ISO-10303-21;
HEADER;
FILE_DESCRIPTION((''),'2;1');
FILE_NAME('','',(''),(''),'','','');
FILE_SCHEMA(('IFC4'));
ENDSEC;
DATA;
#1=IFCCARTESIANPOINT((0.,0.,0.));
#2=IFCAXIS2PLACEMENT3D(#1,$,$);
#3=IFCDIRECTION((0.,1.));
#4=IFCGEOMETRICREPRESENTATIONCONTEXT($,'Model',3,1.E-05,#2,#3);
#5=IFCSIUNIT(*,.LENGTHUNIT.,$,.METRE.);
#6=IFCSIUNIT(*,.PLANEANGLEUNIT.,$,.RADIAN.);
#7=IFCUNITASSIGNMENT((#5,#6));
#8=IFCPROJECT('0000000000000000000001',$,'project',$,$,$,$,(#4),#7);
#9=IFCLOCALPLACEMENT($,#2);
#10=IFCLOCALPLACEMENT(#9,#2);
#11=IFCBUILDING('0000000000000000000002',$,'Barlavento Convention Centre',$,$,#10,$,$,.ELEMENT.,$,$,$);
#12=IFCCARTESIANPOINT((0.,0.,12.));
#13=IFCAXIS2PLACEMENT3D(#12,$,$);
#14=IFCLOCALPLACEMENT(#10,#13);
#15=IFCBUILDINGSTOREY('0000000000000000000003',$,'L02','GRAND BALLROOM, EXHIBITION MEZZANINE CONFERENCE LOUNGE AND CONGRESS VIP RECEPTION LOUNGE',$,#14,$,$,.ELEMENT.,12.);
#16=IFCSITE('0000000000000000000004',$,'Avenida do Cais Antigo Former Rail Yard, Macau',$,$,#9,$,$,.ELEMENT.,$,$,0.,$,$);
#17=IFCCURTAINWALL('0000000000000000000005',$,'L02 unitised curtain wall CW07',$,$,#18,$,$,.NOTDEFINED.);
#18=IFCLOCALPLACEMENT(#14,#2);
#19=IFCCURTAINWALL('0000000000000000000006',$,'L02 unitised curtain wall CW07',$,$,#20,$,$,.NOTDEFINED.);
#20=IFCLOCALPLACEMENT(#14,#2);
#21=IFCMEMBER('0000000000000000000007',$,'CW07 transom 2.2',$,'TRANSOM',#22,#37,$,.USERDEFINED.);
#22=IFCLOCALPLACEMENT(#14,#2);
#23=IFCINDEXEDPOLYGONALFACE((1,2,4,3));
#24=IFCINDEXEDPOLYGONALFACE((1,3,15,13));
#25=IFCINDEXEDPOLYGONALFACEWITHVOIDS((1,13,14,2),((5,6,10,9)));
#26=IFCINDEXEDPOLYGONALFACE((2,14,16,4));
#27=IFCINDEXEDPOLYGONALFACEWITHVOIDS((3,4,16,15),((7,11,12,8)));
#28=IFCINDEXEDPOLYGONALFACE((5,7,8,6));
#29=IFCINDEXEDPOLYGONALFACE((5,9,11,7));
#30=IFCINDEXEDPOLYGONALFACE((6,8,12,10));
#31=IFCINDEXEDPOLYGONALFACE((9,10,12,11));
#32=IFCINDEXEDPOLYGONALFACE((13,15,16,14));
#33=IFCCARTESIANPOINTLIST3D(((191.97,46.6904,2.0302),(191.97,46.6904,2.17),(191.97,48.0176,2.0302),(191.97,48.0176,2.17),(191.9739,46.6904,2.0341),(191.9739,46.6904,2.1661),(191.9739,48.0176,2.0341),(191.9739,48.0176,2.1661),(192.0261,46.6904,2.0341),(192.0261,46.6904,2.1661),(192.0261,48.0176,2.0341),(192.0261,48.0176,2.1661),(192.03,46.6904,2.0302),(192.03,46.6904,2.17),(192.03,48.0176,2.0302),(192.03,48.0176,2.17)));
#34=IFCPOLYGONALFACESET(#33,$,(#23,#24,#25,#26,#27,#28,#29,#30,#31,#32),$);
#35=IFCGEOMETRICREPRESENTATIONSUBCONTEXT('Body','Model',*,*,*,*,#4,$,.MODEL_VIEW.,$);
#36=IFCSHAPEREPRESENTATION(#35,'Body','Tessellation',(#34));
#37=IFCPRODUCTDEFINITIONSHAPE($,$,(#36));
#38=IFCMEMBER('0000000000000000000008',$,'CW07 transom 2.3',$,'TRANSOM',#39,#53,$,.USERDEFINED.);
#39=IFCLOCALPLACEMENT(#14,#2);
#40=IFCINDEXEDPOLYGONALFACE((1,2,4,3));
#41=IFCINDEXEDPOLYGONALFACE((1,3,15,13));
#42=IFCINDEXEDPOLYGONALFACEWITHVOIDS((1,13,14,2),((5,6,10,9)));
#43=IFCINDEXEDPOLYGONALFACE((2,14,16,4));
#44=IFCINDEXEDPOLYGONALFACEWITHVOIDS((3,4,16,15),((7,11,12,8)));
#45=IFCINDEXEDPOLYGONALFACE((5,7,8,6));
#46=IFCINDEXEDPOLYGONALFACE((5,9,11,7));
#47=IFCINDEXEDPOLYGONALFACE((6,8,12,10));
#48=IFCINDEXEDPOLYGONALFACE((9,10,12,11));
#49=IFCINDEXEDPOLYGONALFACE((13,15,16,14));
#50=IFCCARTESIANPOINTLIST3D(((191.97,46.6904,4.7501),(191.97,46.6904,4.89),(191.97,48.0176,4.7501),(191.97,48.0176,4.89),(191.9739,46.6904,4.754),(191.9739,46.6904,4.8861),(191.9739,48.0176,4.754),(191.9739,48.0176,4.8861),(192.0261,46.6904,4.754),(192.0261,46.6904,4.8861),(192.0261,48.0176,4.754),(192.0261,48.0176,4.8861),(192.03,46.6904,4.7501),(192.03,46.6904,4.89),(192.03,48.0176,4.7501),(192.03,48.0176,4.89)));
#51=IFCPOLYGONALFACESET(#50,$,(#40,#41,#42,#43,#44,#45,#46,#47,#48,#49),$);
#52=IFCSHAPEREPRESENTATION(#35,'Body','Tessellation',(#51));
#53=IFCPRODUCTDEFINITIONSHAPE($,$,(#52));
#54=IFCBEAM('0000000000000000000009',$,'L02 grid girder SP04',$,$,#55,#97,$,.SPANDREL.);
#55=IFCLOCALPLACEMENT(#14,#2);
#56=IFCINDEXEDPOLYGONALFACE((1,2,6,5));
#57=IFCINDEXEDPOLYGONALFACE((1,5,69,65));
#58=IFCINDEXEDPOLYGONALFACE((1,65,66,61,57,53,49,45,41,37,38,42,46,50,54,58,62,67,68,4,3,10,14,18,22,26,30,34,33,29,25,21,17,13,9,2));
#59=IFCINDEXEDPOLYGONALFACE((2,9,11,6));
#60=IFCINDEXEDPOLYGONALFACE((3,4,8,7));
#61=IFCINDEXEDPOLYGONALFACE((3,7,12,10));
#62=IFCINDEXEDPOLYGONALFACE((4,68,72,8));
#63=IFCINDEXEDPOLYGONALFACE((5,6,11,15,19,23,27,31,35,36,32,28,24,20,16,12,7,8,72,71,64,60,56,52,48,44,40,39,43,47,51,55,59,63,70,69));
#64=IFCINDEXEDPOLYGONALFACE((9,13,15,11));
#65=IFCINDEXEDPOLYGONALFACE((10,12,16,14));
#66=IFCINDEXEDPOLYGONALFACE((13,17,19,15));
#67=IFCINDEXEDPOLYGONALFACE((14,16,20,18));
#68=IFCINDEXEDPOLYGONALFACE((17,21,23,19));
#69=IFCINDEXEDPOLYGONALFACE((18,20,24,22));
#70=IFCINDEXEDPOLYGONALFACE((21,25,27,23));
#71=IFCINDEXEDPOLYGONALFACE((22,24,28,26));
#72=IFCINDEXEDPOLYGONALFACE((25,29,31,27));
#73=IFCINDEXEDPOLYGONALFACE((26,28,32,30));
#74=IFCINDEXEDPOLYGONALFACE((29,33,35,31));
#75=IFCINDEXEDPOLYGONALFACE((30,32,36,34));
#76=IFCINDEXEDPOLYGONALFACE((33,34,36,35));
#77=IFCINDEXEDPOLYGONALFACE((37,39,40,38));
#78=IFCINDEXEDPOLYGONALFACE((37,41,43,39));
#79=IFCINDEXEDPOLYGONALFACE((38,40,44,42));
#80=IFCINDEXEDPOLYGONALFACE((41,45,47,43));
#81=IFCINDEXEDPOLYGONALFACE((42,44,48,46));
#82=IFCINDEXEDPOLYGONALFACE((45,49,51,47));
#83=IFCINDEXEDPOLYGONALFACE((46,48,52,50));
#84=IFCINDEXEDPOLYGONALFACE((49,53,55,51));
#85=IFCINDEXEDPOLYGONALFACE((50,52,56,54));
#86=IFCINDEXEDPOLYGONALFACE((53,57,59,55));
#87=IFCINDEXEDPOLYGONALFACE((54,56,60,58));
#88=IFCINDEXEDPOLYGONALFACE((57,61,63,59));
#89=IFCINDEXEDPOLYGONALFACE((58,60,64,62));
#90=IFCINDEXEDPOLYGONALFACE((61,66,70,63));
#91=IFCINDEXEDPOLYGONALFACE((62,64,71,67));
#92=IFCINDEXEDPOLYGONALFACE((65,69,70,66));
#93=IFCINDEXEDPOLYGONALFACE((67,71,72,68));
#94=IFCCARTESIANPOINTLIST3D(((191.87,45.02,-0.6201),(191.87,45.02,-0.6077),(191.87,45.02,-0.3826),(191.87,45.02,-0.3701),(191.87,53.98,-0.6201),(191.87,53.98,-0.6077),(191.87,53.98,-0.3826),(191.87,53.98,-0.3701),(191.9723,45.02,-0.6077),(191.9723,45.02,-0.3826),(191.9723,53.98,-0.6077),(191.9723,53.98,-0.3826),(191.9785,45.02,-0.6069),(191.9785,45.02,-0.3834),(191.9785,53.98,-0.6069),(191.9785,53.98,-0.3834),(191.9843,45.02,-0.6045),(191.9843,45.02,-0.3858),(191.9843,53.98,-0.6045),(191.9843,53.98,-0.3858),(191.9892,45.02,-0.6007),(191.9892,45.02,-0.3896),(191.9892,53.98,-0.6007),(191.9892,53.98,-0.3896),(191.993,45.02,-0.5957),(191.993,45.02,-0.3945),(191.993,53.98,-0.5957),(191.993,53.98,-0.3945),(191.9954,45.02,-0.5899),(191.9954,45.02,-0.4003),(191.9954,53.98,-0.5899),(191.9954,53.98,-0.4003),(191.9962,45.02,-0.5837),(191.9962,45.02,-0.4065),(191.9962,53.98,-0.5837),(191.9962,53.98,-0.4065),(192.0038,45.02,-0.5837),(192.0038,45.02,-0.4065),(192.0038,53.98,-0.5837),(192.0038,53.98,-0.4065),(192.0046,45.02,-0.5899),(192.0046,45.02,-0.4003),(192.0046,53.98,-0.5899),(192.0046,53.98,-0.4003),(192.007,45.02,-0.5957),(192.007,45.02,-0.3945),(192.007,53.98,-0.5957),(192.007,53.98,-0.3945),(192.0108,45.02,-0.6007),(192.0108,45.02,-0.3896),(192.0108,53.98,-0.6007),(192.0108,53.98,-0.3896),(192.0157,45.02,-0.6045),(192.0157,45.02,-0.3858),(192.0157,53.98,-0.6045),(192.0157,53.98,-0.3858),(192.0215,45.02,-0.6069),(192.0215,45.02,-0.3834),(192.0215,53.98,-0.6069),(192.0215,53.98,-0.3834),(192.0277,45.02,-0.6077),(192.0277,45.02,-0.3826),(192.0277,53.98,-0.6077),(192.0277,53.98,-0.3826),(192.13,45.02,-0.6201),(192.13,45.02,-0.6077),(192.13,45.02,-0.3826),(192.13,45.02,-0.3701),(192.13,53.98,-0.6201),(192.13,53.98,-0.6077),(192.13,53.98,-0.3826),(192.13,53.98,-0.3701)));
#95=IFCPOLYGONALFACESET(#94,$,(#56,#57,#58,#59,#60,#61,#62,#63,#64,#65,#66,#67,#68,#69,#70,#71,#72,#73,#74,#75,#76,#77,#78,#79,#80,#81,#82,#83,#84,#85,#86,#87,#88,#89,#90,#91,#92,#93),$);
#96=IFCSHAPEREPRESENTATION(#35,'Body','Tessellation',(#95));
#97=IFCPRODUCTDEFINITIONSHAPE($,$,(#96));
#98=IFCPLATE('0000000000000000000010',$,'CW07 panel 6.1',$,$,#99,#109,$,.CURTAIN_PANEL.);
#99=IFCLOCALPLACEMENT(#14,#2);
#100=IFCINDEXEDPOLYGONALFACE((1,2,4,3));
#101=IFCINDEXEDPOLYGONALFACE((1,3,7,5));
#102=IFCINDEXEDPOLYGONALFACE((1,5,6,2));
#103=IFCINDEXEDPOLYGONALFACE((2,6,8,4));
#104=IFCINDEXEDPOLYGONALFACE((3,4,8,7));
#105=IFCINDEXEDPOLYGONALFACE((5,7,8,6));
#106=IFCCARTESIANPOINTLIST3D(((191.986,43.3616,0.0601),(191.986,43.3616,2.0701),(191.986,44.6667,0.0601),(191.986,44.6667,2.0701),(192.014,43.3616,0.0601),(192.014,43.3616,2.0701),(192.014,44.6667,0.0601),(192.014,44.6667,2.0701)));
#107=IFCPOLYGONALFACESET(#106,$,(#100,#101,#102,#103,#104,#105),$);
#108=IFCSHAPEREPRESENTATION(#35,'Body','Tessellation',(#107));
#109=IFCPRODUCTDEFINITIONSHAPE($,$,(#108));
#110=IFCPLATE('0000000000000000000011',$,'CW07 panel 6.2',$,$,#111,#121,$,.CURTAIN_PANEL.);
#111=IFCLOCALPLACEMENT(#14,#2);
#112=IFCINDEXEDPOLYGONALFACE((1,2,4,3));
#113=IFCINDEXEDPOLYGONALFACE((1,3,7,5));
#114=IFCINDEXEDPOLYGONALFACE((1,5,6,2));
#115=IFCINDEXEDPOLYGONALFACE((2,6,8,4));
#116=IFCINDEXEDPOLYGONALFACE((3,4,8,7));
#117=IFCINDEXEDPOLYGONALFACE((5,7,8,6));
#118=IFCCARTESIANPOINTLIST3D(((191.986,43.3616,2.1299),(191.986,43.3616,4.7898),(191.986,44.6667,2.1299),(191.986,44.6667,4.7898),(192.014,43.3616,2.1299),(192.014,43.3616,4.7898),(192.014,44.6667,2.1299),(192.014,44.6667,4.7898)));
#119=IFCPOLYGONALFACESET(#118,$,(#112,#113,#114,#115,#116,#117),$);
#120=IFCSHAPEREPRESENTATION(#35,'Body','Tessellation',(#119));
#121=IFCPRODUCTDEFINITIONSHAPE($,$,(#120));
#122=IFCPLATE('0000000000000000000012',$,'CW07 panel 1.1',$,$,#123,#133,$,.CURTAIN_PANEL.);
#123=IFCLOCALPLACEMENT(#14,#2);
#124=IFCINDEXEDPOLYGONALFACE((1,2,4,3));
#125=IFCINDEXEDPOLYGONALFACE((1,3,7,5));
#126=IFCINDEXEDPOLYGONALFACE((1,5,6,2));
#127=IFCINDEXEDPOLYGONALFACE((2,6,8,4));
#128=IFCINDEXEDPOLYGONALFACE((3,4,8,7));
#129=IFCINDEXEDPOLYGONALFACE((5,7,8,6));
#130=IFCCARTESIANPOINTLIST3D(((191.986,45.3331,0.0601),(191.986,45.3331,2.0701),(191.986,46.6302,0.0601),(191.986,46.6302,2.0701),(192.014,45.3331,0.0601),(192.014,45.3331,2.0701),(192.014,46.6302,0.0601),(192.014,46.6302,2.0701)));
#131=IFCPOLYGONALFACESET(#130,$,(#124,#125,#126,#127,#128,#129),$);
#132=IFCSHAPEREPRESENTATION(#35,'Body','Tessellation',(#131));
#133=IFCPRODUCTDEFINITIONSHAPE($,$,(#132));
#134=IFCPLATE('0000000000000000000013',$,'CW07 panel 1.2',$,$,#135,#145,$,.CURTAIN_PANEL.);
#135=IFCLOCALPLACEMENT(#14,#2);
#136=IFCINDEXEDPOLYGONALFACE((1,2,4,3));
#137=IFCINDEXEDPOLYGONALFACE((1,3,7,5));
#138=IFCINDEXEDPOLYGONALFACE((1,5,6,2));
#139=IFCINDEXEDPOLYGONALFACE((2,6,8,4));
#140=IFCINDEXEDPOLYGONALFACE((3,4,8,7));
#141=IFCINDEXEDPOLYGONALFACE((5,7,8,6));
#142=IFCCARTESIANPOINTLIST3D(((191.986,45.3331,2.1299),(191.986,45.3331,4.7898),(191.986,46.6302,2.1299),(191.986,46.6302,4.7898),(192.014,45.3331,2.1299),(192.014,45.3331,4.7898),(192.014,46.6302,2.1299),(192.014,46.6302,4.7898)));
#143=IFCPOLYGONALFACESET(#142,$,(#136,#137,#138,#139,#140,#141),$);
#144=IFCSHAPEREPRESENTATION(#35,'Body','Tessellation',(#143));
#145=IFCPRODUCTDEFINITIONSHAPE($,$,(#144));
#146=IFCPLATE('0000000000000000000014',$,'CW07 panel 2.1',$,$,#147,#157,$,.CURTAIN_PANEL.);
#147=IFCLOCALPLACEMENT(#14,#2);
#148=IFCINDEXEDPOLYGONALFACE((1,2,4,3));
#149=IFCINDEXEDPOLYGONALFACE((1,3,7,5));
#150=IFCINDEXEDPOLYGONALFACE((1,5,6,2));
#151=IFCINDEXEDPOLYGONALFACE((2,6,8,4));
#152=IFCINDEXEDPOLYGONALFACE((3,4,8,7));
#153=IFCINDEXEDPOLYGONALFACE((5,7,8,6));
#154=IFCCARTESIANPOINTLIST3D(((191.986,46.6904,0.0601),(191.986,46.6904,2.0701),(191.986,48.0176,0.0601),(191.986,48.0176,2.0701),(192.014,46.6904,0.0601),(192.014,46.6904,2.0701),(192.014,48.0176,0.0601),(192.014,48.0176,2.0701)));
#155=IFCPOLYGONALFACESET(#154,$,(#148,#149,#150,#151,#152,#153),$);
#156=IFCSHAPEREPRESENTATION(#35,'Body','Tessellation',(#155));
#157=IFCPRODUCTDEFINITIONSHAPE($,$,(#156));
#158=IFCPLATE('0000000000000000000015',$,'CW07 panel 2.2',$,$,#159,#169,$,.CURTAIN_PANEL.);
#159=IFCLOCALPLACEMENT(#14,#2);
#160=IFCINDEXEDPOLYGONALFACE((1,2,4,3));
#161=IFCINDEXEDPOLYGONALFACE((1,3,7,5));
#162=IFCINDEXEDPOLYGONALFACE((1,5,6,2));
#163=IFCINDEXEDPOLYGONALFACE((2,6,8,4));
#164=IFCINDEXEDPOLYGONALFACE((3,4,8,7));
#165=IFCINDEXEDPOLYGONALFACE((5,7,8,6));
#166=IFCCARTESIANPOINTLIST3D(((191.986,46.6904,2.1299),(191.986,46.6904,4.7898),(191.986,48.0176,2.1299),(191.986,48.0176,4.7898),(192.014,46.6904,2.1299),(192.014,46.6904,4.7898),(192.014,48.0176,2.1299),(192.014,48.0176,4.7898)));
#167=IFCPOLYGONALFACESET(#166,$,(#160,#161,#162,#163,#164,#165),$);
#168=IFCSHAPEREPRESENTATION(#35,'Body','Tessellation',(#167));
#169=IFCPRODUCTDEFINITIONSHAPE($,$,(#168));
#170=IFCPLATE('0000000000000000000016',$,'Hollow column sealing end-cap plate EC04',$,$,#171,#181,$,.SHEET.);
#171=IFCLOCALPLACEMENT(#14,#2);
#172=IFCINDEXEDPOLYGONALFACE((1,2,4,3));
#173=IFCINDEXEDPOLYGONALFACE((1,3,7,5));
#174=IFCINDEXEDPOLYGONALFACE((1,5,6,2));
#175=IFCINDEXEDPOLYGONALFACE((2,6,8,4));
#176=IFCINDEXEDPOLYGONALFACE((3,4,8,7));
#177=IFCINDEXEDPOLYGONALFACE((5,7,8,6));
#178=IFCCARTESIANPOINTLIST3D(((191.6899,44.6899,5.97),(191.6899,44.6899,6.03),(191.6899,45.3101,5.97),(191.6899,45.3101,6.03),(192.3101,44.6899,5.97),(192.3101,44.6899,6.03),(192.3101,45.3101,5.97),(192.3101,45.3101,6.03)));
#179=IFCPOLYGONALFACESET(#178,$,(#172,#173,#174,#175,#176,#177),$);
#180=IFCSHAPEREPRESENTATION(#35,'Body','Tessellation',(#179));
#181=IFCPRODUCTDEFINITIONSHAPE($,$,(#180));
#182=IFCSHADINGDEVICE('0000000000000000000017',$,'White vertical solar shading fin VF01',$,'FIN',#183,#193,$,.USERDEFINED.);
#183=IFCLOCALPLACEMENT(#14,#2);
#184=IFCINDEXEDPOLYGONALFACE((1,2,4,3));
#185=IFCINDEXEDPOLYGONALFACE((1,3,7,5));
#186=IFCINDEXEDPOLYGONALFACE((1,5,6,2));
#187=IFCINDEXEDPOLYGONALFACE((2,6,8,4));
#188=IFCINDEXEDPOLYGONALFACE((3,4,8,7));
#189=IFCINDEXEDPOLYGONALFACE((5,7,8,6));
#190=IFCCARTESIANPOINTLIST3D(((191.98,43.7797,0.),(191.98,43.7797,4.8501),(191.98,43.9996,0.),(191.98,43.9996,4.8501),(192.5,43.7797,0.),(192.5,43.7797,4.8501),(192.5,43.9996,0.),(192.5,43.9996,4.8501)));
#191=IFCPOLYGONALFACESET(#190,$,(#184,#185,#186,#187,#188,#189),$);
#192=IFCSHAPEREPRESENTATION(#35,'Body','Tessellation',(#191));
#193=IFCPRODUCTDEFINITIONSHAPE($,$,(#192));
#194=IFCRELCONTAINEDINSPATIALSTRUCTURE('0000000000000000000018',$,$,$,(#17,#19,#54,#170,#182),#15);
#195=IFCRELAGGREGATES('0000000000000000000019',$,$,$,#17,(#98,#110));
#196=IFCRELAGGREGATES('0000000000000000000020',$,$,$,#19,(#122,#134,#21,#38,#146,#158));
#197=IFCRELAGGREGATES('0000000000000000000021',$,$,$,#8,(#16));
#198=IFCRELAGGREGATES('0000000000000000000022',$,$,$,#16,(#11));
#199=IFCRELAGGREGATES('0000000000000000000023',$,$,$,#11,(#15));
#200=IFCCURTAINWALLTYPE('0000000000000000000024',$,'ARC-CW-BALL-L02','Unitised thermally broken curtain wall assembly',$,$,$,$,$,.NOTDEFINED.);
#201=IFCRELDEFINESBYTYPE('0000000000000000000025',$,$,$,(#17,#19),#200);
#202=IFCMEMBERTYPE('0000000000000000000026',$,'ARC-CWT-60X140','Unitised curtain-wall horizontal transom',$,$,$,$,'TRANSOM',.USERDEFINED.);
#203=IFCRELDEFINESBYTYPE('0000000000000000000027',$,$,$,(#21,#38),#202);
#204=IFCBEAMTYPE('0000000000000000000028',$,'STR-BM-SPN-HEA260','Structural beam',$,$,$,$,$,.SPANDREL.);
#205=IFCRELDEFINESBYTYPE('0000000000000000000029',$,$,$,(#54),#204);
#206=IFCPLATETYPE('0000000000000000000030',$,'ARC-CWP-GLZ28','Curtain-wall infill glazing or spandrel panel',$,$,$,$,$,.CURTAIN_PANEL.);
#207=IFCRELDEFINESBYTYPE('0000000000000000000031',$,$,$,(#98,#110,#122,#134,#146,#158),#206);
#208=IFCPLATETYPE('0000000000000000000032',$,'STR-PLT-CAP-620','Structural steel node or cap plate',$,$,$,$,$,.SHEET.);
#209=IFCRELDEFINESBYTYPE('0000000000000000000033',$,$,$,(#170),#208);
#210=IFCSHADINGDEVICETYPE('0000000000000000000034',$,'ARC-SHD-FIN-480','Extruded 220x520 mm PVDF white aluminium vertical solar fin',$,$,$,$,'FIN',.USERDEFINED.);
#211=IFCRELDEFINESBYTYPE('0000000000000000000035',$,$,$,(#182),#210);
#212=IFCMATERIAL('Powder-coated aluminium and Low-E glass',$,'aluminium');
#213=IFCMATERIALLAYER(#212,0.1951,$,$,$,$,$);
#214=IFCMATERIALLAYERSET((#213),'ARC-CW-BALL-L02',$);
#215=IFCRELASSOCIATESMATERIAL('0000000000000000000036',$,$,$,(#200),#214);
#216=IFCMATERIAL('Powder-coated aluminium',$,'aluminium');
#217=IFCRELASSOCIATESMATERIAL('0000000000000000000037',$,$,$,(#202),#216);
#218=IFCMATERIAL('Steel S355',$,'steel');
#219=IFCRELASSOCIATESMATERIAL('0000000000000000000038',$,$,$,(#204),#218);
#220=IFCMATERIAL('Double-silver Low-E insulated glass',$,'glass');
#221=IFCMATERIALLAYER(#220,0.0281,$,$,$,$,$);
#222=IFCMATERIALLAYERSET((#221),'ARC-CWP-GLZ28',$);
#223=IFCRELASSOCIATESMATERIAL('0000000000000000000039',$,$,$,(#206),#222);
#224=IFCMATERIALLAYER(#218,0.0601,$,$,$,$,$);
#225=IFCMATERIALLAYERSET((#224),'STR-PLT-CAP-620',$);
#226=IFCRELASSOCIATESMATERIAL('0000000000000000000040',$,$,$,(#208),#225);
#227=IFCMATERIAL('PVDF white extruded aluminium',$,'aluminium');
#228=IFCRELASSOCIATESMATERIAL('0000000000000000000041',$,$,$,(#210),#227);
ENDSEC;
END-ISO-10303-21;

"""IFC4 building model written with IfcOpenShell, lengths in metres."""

from ifc_helpers import new_model, si_unit, direction, frame, origin, origin_2d, place, context, subcontext, project, spatial, rectangle, hollow_rectangle, i_section, extrude, material, layer, layer_set, material_profile, profile_set, type_object, element, aggregate, save


model = new_model("IFC4")

# Units and contexts
model_context = context("Model", 3, precision=1e-05, world=origin(), true_north=direction((0.0, 1.0)))
body_context = subcontext(model_context, "Body", "Model", "MODEL_VIEW")
ifc_project = project(units=[si_unit("LENGTHUNIT", "METRE"), si_unit("PLANEANGLEUNIT", "RADIAN")], contexts=[model_context])

# Site, building, storey
site_placement = place(None, origin())
site = spatial("IfcSite", under=ifc_project, at=site_placement, Name="Avenida do Cais Antigo Former Rail Yard, Macau", CompositionType="ELEMENT", RefElevation=0.0)
building_placement = place(site_placement, origin())
building = spatial("IfcBuilding", under=site, at=building_placement, Name="Barlavento Convention Centre", CompositionType="ELEMENT")
storey_placement = place(building_placement, frame((0.0, 0.0, 12.0)))
storey = spatial("IfcBuildingStorey", under=building, at=storey_placement, Name="L02", Description="GRAND BALLROOM, EXHIBITION MEZZANINE CONFERENCE LOUNGE AND CONGRESS VIP RECEPTION LOUNGE", CompositionType="ELEMENT", Elevation=12.0)

# Shared definitions
ifc_material_1 = material(Name="Steel S355", Category="steel")

# Curtain wall
ifc_material_2 = material(Name="Powder-coated aluminium and Low-E glass", Category="aluminium")
ifc_layer_1 = layer(ifc_material_2, 0.1951)
ifc_layer_set_1 = layer_set([ifc_layer_1], Name="ARC-CW-BALL-L02")
curtain_wall_type = type_object("IfcCurtainWallType", Name="ARC-CW-BALL-L02", Description="Unitised thermally broken curtain wall assembly", PredefinedType="NOTDEFINED", material=ifc_layer_set_1)
curtain_wall_1_placement = place(storey_placement, origin())
curtain_wall_1 = element("IfcCurtainWall", 1, at=curtain_wall_1_placement, inside=storey, type_object=curtain_wall_type, Name="L02 unitised curtain wall CW07", PredefinedType="NOTDEFINED")
ifc_material_3 = material(Name="Powder-coated aluminium", Category="aluminium")

# Curtain wall, members
curtain_wall_2_placement = place(storey_placement, origin())
curtain_wall_2 = element("IfcCurtainWall", 2, at=curtain_wall_2_placement, inside=storey, type_object=curtain_wall_type, Name="L02 unitised curtain wall CW07", PredefinedType="NOTDEFINED")
ifc_material_profile_1 = material_profile(ifc_material_3, hollow_rectangle(XDim=0.0601, YDim=0.1399, WallThickness=0.0039, at=origin_2d()), Name="AL-TRAN 60x140x4")
ifc_profile_set_1 = profile_set([ifc_material_profile_1], Name="Powder-coated aluminium")
member_type_1 = type_object("IfcMemberType", Name="ARC-CWT-60X140", Description="Unitised curtain-wall horizontal transom", ElementType="TRANSOM", PredefinedType="USERDEFINED", material=ifc_profile_set_1)
member_1_placement = place(storey_placement, frame((192.0, 46.6904, 2.1001), z_axis=(0.0, 1.0, 0.0), x_axis=(-1.0, 0.0, 0.0)))
member_1 = element("IfcMember", 3, at=member_1_placement, type_object=member_type_1, Name="CW07 transom 2.2", ObjectType="TRANSOM", PredefinedType="USERDEFINED", context=body_context, shape_type="SweptSolid", body=[
    extrude(hollow_rectangle(XDim=0.0601, YDim=0.1399, WallThickness=0.0039, at=origin_2d()), origin(), (0.0, 0.0, 1.0), 1.3271),
])
member_2_placement = place(storey_placement, frame((192.0, 46.6904, 4.8201), z_axis=(0.0, 1.0, 0.0), x_axis=(-1.0, 0.0, 0.0)))
member_2 = element("IfcMember", 4, at=member_2_placement, type_object=member_type_1, Name="CW07 transom 2.3", ObjectType="TRANSOM", PredefinedType="USERDEFINED", context=body_context, shape_type="SweptSolid", body=[
    extrude(hollow_rectangle(XDim=0.0601, YDim=0.1399, WallThickness=0.0039, at=origin_2d()), origin(), (0.0, 0.0, 1.0), 1.3271),
])

# Beam
ifc_material_profile_2 = material_profile(ifc_material_1, i_section(OverallWidth=0.26, OverallDepth=0.25, WebThickness=0.0076, FlangeThickness=0.0125, FilletRadius=0.0239, at=origin_2d()), Name="HEA 260")
ifc_profile_set_2 = profile_set([ifc_material_profile_2], Name="Steel S355")
beam_type = type_object("IfcBeamType", Name="STR-BM-SPN-HEA260", Description="Structural beam", PredefinedType="SPANDREL", material=ifc_profile_set_2)
beam_placement = place(storey_placement, frame((192.0, 45.02, -0.4951), z_axis=(0.0, 1.0, 0.0), x_axis=(-1.0, 0.0, 0.0)))
element("IfcBeam", 5, at=beam_placement, inside=storey, type_object=beam_type, Name="L02 grid girder SP04", PredefinedType="SPANDREL", context=body_context, shape_type="SweptSolid", body=[
    extrude(i_section(OverallWidth=0.26, OverallDepth=0.25, WebThickness=0.0076, FlangeThickness=0.0125, FilletRadius=0.0239, at=origin_2d()), origin(), (0.0, 0.0, 1.0), 8.96),
])

# Plates
ifc_material_4 = material(Name="Double-silver Low-E insulated glass", Category="glass")
ifc_layer_2 = layer(ifc_material_4, 0.0281)
ifc_layer_set_2 = layer_set([ifc_layer_2], Name="ARC-CWP-GLZ28")
plate_type_1 = type_object("IfcPlateType", Name="ARC-CWP-GLZ28", Description="Curtain-wall infill glazing or spandrel panel", PredefinedType="CURTAIN_PANEL", material=ifc_layer_set_2)
plate_1_placement = place(storey_placement, frame((192.0, 44.0142, 0.0601), z_axis=(0.0, 0.0, 1.0), x_axis=(0.0, 1.0, 0.0)))
plate_1 = element("IfcPlate", 6, at=plate_1_placement, type_object=plate_type_1, Name="CW07 panel 6.1", PredefinedType="CURTAIN_PANEL", context=body_context, shape_type="SweptSolid", body=[
    extrude(rectangle(XDim=1.3052, YDim=0.0281, at=origin_2d()), origin(), (0.0, 0.0, 1.0), 2.01),
])
plate_2_placement = place(storey_placement, frame((192.0, 44.0142, 2.1299), z_axis=(0.0, 0.0, 1.0), x_axis=(0.0, 1.0, 0.0)))
plate_2 = element("IfcPlate", 7, at=plate_2_placement, type_object=plate_type_1, Name="CW07 panel 6.2", PredefinedType="CURTAIN_PANEL", context=body_context, shape_type="SweptSolid", body=[
    extrude(rectangle(XDim=1.3052, YDim=0.0281, at=origin_2d()), origin(), (0.0, 0.0, 1.0), 2.6599),
])
aggregate(curtain_wall_1, [plate_1, plate_2])
plate_3_placement = place(storey_placement, frame((192.0, 45.9817, 0.0601), z_axis=(0.0, 0.0, 1.0), x_axis=(0.0, 1.0, 0.0)))
plate_3 = element("IfcPlate", 8, at=plate_3_placement, type_object=plate_type_1, Name="CW07 panel 1.1", PredefinedType="CURTAIN_PANEL", context=body_context, shape_type="SweptSolid", body=[
    extrude(rectangle(XDim=1.2971, YDim=0.0281, at=origin_2d()), origin(), (0.0, 0.0, 1.0), 2.01),
])
plate_4_placement = place(storey_placement, frame((192.0, 45.9817, 2.1299), z_axis=(0.0, 0.0, 1.0), x_axis=(0.0, 1.0, 0.0)))
plate_4 = element("IfcPlate", 9, at=plate_4_placement, type_object=plate_type_1, Name="CW07 panel 1.2", PredefinedType="CURTAIN_PANEL", context=body_context, shape_type="SweptSolid", body=[
    extrude(rectangle(XDim=1.2971, YDim=0.0281, at=origin_2d()), origin(), (0.0, 0.0, 1.0), 2.6599),
])
plate_5_placement = place(storey_placement, frame((192.0, 47.354, 0.0601), z_axis=(0.0, 0.0, 1.0), x_axis=(0.0, 1.0, 0.0)))
plate_5 = element("IfcPlate", 10, at=plate_5_placement, type_object=plate_type_1, Name="CW07 panel 2.1", PredefinedType="CURTAIN_PANEL", context=body_context, shape_type="SweptSolid", body=[
    extrude(rectangle(XDim=1.3271, YDim=0.0281, at=origin_2d()), origin(), (0.0, 0.0, 1.0), 2.01),
])
plate_6_placement = place(storey_placement, frame((192.0, 47.354, 2.1299), z_axis=(0.0, 0.0, 1.0), x_axis=(0.0, 1.0, 0.0)))
plate_6 = element("IfcPlate", 11, at=plate_6_placement, type_object=plate_type_1, Name="CW07 panel 2.2", PredefinedType="CURTAIN_PANEL", context=body_context, shape_type="SweptSolid", body=[
    extrude(rectangle(XDim=1.3271, YDim=0.0281, at=origin_2d()), origin(), (0.0, 0.0, 1.0), 2.6599),
])
aggregate(curtain_wall_2, [plate_3, plate_4, member_1, member_2, plate_5, plate_6])
ifc_layer_3 = layer(ifc_material_1, 0.0601)
ifc_layer_set_3 = layer_set([ifc_layer_3], Name="STR-PLT-CAP-620")
plate_type_2 = type_object("IfcPlateType", Name="STR-PLT-CAP-620", Description="Structural steel node or cap plate", PredefinedType="SHEET", material=ifc_layer_set_3)
plate_7_placement = place(storey_placement, frame((192.0, 45.0, 5.97), z_axis=(0.0, 0.0, 1.0), x_axis=(1.0, 0.0, 0.0)))
element("IfcPlate", 12, at=plate_7_placement, inside=storey, type_object=plate_type_2, Name="Hollow column sealing end-cap plate EC04", PredefinedType="SHEET", context=body_context, shape_type="SweptSolid", body=[
    extrude(rectangle(XDim=0.6201, YDim=0.6201, at=origin_2d()), origin(), (0.0, 0.0, 1.0), 0.0601),
])

# Shading device
ifc_material_5 = material(Name="PVDF white extruded aluminium", Category="aluminium")
shading_device_type = type_object("IfcShadingDeviceType", Name="ARC-SHD-FIN-480", Description="Extruded 220x520 mm PVDF white aluminium vertical solar fin", ElementType="FIN", PredefinedType="USERDEFINED", material=ifc_material_5)
for number, where, z_axis, x_axis, name in (
    (13, (192.24, 43.8896, 0.0), (0.0, 0.0, 1.0), (0.0, 1.0, 0.0), "White vertical solar shading fin VF01"),
):
    element("IfcShadingDevice", number, at=place(storey_placement, frame(where, z_axis=z_axis, x_axis=x_axis)), inside=storey, type_object=shading_device_type, Name=name, ObjectType="FIN", PredefinedType="USERDEFINED", context=body_context, shape_type="SweptSolid", body=[
        extrude(rectangle(XDim=0.22, YDim=0.52, at=origin_2d()), origin(), (0.0, 0.0, 1.0), 4.8501),
    ])

save(model, "model.ifc")
